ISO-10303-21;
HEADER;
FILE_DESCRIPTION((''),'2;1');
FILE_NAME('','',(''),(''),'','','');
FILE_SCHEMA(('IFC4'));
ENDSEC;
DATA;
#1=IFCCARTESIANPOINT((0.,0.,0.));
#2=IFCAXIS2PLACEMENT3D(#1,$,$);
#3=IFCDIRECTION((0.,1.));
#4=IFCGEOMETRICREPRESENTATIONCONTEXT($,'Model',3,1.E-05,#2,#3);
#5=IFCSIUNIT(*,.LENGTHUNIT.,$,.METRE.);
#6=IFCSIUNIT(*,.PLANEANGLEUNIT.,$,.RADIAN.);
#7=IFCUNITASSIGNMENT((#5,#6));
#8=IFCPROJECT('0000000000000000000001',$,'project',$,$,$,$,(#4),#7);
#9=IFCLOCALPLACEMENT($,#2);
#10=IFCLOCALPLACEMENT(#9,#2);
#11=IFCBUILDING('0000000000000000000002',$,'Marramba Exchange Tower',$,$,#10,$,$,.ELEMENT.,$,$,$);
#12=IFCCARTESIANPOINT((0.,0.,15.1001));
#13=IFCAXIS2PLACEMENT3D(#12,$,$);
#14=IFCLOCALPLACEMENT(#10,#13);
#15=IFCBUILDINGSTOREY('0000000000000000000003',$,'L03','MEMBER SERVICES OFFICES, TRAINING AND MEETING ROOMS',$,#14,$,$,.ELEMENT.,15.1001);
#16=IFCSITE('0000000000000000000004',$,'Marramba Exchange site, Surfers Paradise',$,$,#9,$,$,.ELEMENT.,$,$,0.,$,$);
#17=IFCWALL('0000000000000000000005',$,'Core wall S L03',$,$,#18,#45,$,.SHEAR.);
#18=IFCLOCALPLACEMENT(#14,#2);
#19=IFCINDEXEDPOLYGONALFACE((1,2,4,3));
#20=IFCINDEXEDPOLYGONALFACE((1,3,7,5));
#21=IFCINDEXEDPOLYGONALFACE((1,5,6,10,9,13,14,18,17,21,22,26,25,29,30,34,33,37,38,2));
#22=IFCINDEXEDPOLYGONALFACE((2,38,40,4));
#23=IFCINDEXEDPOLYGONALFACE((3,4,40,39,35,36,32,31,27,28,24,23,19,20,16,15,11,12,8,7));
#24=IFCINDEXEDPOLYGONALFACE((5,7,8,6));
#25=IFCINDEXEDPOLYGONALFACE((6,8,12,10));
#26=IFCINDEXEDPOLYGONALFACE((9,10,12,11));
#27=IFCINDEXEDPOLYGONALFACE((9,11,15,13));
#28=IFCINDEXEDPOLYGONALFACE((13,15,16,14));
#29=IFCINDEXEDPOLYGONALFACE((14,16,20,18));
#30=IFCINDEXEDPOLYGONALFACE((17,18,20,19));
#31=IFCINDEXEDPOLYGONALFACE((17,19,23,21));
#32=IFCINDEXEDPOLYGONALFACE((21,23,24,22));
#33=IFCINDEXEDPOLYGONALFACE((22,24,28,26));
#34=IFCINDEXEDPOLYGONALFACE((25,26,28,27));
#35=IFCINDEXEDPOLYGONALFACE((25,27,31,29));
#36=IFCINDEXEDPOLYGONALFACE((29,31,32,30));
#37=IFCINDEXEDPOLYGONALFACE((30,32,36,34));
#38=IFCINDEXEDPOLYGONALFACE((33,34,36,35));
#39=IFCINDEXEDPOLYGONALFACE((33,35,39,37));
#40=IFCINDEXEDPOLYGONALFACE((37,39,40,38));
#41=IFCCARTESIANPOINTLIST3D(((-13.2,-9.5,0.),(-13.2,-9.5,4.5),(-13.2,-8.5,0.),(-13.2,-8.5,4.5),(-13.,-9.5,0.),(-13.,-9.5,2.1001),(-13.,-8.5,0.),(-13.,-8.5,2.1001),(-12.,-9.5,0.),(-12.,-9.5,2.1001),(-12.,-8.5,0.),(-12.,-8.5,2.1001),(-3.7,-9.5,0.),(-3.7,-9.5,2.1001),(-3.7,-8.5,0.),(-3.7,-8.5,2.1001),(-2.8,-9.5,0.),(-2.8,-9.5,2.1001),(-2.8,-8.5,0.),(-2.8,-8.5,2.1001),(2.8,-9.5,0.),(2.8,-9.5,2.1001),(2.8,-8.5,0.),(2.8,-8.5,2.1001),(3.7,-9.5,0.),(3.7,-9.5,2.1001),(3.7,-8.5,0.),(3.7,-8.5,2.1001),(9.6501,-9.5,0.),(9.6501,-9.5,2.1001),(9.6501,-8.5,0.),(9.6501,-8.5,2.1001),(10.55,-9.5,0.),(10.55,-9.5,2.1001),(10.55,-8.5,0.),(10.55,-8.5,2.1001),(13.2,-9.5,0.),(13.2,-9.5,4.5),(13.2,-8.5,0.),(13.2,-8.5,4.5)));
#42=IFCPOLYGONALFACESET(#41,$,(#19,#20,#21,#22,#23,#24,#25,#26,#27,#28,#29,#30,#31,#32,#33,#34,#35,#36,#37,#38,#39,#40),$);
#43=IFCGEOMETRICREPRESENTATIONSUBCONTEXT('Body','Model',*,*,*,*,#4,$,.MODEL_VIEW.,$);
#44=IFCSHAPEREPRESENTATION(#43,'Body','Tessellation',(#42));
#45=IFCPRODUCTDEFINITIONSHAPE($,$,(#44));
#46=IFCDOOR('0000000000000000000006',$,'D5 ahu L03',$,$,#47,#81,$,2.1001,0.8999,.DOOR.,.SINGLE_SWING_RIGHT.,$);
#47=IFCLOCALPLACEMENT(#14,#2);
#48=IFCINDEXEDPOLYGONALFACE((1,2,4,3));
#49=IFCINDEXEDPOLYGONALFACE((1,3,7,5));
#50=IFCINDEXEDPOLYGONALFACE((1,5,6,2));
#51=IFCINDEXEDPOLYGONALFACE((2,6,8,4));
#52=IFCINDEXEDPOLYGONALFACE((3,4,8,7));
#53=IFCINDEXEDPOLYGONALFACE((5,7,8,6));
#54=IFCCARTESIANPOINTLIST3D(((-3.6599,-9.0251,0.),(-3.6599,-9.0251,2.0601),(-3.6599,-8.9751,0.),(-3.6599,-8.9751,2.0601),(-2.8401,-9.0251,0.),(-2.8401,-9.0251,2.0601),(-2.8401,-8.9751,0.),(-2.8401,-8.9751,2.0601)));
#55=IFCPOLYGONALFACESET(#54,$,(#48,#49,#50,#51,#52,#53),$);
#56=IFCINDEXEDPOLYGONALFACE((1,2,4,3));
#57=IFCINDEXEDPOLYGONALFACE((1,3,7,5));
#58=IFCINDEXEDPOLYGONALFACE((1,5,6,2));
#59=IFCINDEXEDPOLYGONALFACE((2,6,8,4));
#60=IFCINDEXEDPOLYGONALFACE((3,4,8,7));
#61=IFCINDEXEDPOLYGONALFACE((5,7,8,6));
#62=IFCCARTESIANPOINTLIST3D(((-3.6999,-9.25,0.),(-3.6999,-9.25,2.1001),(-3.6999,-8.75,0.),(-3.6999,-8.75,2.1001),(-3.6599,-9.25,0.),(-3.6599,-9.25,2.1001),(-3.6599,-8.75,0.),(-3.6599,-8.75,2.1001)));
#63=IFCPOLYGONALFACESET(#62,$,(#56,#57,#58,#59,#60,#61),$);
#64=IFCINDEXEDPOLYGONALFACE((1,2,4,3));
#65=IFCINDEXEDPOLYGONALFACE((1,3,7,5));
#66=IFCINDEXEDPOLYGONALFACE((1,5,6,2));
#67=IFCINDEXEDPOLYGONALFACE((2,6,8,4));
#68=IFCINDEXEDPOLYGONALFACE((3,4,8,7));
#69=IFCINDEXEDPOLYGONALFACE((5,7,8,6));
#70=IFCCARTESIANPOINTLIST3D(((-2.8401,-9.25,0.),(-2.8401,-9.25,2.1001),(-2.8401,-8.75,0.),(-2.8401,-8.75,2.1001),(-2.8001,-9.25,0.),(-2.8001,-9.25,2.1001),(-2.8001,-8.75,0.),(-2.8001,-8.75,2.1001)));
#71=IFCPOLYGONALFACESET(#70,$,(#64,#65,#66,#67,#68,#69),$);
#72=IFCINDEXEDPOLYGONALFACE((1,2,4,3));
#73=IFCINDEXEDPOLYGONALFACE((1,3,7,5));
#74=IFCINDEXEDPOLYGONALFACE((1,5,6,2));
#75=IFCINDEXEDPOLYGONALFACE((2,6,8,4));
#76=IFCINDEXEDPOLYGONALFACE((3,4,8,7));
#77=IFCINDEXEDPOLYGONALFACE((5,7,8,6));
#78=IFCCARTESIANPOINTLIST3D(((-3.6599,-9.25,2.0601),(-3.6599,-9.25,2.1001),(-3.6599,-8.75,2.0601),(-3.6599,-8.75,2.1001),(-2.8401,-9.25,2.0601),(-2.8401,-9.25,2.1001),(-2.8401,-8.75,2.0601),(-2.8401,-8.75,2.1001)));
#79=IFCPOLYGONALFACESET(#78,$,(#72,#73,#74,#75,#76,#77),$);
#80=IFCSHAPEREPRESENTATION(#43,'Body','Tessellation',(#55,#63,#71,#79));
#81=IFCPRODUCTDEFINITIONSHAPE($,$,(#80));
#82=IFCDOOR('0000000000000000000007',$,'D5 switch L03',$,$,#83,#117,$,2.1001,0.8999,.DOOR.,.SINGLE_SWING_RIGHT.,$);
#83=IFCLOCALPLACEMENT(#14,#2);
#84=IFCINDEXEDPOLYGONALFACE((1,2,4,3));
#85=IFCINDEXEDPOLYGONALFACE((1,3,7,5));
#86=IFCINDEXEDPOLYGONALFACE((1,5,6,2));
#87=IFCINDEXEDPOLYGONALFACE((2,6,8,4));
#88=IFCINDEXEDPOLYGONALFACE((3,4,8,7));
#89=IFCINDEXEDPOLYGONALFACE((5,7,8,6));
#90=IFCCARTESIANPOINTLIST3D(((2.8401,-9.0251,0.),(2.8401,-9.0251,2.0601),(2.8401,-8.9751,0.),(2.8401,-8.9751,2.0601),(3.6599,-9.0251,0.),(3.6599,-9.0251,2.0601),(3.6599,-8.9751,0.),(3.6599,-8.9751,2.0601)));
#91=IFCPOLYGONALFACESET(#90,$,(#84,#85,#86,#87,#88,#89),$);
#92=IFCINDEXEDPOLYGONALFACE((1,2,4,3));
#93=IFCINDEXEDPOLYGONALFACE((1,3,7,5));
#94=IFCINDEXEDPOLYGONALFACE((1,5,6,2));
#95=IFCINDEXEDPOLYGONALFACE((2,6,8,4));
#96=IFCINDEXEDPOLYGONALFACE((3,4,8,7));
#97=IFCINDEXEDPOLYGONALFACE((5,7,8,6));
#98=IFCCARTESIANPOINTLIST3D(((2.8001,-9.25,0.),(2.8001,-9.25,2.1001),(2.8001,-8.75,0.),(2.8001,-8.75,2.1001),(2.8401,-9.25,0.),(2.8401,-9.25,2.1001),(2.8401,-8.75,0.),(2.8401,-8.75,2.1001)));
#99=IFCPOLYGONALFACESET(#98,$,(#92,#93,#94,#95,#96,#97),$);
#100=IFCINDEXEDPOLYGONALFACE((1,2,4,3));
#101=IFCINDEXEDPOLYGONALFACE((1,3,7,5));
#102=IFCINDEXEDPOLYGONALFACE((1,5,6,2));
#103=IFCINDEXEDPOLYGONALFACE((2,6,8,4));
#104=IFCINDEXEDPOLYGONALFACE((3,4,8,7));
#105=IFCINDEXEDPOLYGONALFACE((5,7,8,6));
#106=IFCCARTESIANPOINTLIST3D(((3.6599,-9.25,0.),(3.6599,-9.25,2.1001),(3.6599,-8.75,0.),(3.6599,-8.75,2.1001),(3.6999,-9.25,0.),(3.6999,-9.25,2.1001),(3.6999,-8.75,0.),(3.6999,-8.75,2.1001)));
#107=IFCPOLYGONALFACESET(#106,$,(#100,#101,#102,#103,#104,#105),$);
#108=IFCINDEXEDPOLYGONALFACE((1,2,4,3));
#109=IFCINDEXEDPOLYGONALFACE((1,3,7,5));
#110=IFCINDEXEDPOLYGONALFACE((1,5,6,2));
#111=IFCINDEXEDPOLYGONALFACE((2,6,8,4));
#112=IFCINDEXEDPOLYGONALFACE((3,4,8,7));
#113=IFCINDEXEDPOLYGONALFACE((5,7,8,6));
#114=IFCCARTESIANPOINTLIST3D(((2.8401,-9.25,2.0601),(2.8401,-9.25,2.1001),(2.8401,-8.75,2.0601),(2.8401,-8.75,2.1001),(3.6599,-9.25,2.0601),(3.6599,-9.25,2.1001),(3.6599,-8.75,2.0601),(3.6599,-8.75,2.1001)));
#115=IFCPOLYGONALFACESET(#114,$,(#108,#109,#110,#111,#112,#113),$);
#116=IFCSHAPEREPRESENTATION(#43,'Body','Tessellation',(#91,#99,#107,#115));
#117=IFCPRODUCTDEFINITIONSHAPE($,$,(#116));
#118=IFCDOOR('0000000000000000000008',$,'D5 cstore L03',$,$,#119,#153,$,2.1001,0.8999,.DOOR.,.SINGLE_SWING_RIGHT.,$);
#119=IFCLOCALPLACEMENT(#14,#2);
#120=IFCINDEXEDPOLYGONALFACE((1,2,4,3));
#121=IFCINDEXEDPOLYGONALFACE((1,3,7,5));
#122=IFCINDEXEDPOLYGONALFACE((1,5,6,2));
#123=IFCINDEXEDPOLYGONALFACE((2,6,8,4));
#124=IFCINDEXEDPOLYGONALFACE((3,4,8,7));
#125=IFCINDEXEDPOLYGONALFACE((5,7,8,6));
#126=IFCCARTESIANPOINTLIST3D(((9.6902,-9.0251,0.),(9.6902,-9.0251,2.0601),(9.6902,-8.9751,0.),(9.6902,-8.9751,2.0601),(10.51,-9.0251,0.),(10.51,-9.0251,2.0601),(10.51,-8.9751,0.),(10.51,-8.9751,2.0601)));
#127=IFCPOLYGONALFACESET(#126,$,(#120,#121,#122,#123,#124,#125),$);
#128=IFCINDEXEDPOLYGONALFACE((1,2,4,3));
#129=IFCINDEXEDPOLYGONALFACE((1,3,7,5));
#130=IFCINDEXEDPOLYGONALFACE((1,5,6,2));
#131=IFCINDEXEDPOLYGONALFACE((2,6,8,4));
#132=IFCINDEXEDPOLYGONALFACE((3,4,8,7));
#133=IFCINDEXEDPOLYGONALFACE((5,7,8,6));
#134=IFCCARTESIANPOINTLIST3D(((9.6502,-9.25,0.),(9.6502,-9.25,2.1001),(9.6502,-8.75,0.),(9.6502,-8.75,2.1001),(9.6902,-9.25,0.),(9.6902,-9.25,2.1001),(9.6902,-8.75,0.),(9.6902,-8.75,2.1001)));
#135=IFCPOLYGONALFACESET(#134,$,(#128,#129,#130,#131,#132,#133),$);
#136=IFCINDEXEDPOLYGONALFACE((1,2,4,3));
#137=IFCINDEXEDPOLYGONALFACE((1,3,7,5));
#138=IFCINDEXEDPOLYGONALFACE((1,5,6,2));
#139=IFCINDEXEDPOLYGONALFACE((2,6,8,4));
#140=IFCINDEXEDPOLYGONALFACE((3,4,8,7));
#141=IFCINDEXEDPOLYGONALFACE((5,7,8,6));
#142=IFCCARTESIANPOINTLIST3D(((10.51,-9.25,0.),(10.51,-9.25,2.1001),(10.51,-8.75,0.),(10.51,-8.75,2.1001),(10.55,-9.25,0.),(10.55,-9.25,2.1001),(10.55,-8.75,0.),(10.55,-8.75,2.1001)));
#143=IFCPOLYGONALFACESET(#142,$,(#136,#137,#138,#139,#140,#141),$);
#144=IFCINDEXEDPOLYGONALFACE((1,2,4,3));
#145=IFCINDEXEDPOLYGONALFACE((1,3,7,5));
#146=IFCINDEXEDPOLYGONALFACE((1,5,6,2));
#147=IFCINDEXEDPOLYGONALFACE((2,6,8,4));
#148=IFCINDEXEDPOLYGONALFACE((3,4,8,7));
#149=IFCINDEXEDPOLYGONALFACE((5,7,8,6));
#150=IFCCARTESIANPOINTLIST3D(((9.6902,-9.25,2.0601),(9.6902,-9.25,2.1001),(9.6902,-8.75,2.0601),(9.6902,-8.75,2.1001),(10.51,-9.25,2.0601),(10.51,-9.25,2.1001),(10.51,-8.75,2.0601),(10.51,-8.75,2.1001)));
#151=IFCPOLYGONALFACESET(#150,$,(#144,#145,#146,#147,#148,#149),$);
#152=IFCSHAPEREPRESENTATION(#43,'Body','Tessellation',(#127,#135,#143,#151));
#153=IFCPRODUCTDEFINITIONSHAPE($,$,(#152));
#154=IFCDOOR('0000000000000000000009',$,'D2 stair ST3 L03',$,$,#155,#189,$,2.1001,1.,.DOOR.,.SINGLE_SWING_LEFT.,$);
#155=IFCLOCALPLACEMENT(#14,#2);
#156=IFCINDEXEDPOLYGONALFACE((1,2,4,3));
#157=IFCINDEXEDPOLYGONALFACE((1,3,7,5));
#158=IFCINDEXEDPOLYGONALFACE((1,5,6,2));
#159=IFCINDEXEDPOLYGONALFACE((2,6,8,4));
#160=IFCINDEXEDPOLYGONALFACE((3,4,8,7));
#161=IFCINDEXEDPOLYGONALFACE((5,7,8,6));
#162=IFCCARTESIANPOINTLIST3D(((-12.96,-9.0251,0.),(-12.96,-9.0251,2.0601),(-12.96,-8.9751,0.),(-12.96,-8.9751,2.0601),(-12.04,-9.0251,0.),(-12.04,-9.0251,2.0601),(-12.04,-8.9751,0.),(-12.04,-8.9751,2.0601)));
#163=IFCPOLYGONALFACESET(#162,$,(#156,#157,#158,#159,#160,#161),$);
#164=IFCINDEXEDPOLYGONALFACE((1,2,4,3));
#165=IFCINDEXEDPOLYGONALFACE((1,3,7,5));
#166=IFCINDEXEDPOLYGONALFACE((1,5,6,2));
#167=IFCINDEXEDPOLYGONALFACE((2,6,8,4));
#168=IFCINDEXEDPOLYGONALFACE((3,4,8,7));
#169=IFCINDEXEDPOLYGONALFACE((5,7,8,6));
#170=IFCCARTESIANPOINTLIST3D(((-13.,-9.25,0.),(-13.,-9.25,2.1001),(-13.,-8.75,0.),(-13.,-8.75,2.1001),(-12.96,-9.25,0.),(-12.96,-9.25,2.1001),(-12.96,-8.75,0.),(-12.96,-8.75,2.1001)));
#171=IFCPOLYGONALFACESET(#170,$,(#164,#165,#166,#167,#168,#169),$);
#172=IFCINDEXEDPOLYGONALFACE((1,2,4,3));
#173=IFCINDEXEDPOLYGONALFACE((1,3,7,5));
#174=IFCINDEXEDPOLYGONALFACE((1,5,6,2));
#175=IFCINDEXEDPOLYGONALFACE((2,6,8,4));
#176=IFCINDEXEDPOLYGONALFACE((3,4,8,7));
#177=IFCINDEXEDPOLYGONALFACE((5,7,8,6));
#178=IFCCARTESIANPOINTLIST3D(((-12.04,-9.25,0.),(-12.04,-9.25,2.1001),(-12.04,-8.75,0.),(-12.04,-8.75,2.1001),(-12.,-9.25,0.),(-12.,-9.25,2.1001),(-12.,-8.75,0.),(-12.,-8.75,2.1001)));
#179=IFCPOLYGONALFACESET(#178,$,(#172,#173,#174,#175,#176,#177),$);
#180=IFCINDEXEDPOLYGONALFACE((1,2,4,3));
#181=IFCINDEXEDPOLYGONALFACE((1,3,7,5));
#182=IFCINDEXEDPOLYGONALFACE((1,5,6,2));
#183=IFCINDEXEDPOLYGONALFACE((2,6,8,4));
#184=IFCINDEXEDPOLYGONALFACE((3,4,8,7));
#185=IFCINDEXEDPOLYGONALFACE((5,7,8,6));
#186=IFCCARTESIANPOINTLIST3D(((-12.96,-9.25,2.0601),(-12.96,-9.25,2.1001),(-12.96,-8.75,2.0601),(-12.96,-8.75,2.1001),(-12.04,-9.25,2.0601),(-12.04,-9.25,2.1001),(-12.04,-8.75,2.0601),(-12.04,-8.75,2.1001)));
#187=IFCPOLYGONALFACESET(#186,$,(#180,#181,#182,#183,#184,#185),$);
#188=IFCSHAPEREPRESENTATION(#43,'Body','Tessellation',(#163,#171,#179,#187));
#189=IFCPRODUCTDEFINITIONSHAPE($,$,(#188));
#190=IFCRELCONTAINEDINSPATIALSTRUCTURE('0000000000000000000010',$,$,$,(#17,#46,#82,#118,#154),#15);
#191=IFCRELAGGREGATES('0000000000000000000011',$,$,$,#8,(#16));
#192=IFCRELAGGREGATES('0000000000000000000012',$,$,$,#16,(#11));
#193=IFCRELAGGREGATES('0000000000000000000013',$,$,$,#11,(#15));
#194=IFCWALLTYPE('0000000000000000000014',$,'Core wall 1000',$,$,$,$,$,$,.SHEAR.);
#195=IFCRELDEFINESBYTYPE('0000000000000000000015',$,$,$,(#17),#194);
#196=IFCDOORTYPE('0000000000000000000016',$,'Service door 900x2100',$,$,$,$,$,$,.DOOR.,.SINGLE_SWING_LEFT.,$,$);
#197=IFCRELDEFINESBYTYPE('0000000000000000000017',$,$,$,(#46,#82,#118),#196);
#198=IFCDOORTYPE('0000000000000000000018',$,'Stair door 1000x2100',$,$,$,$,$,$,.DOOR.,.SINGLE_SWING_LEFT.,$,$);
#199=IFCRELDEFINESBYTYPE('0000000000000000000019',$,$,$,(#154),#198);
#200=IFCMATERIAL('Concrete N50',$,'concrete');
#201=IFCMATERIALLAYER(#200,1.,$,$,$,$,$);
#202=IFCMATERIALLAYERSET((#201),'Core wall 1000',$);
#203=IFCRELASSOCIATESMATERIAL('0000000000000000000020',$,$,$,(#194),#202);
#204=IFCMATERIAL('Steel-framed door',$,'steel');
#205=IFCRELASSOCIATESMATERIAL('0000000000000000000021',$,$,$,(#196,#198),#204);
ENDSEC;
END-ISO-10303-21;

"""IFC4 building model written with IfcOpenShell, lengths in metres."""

from ifc_helpers import new_model, si_unit, direction, frame, frame_2d, origin, place, context, subcontext, project, spatial, rectangle, extrude, material, layer, layer_set, type_object, element, fill, save


model = new_model("IFC4")

# Units and contexts
model_context = context("Model", 3, precision=1e-05, world=origin(), true_north=direction((0.0, 1.0)))
body_context = subcontext(model_context, "Body", "Model", "MODEL_VIEW")
ifc_project = project(units=[si_unit("LENGTHUNIT", "METRE"), si_unit("PLANEANGLEUNIT", "RADIAN")], contexts=[model_context])

# Site, building, storey
site_placement = place(None, origin())
site = spatial("IfcSite", under=ifc_project, at=site_placement, Name="Marramba Exchange site, Surfers Paradise", CompositionType="ELEMENT", RefElevation=0.0)
building_placement = place(site_placement, origin())
building = spatial("IfcBuilding", under=site, at=building_placement, Name="Marramba Exchange Tower", CompositionType="ELEMENT")
storey_placement = place(building_placement, frame((0.0, 0.0, 15.1001)))
storey = spatial("IfcBuildingStorey", under=building, at=storey_placement, Name="L03", Description="MEMBER SERVICES OFFICES, TRAINING AND MEETING ROOMS", CompositionType="ELEMENT", Elevation=15.1001)

# Shared definitions
ifc_material_1 = material(Name="Concrete N50", Category="concrete")

# Wall, openings, doors
ifc_layer_1 = layer(ifc_material_1, 1.0)
ifc_layer_set_1 = layer_set([ifc_layer_1], Name="Core wall 1000")
wall_type_1 = type_object("IfcWallType", Name="Core wall 1000", PredefinedType="SHEAR", material=ifc_layer_set_1)
wall_1_placement = place(storey_placement, frame((-13.2, -9.0, 0.0), z_axis=(0.0, 0.0, 1.0), x_axis=(1.0, 0.0, 0.0)))
wall_1 = element("IfcWall", 1, at=wall_1_placement, inside=storey, type_object=wall_type_1, Name="Core wall S L03", PredefinedType="SHEAR", context=body_context, shape_type="SweptSolid", body=[
    extrude(rectangle(XDim=26.3999, YDim=1.0, at=frame_2d((13.2, 0.0))), origin(), (0.0, 0.0, 1.0), 4.5),
])
opening_1_placement = place(wall_1_placement, frame((0.2, 0.0, 0.0)))
opening_1 = element("IfcOpeningElement", 2, at=opening_1_placement, cuts=wall_1, PredefinedType="OPENING", context=body_context, shape_type="SweptSolid", body=[
    extrude(rectangle(XDim=1.0, YDim=2.1001, at=frame_2d((0.5, 1.05))), frame((0.0, 0.51, 0.0), z_axis=(0.0, -1.0, 0.0), x_axis=(1.0, 0.0, 0.0)), (0.0, 0.0, 1.0), 1.02),
])
opening_2_placement = place(wall_1_placement, frame((9.5, 0.0, 0.0)))
opening_2 = element("IfcOpeningElement", 3, at=opening_2_placement, cuts=wall_1, PredefinedType="OPENING", context=body_context, shape_type="SweptSolid", body=[
    extrude(rectangle(XDim=0.8999, YDim=2.1001, at=frame_2d((0.45, 1.05))), frame((0.0, 0.51, 0.0), z_axis=(0.0, -1.0, 0.0), x_axis=(1.0, 0.0, 0.0)), (0.0, 0.0, 1.0), 1.02),
])
opening_3_placement = place(wall_1_placement, frame((16.0, 0.0, 0.0)))
opening_3 = element("IfcOpeningElement", 4, at=opening_3_placement, cuts=wall_1, PredefinedType="OPENING", context=body_context, shape_type="SweptSolid", body=[
    extrude(rectangle(XDim=0.8999, YDim=2.1001, at=frame_2d((0.45, 1.05))), frame((0.0, 0.51, 0.0), z_axis=(0.0, -1.0, 0.0), x_axis=(1.0, 0.0, 0.0)), (0.0, 0.0, 1.0), 1.02),
])
opening_4_placement = place(wall_1_placement, frame((22.8501, 0.0, 0.0)))
opening_4 = element("IfcOpeningElement", 5, at=opening_4_placement, cuts=wall_1, PredefinedType="OPENING", context=body_context, shape_type="SweptSolid", body=[
    extrude(rectangle(XDim=0.8999, YDim=2.1001, at=frame_2d((0.45, 1.05))), frame((0.0, 0.51, 0.0), z_axis=(0.0, -1.0, 0.0), x_axis=(1.0, 0.0, 0.0)), (0.0, 0.0, 1.0), 1.02),
])
ifc_material_2 = material(Name="Steel-framed door", Category="steel")
door_type_1 = type_object("IfcDoorType", Name="Service door 900x2100", OperationType="SINGLE_SWING_LEFT", PredefinedType="DOOR", material=ifc_material_2)
door_1_placement = place(opening_2_placement, origin())
door_1 = element("IfcDoor", 6, at=door_1_placement, inside=storey, type_object=door_type_1, Name="D5 ahu L03", OperationType="SINGLE_SWING_RIGHT", OverallHeight=2.1001, OverallWidth=0.8999, PredefinedType="DOOR", context=body_context, shape_type="SweptSolid", body=[
    extrude(rectangle(XDim=0.8198, YDim=2.0601, at=frame_2d((0.45, 1.03))), frame((0.0, 0.0249, 0.0), z_axis=(0.0, -1.0, 0.0), x_axis=(1.0, 0.0, 0.0)), (0.0, 0.0, 1.0), 0.05),
    extrude(rectangle(XDim=0.04, YDim=2.1001, at=frame_2d((0.02, 1.05))), frame((0.0, 0.25, 0.0), z_axis=(0.0, -1.0, 0.0), x_axis=(1.0, 0.0, 0.0)), (0.0, 0.0, 1.0), 0.5),
    extrude(rectangle(XDim=0.04, YDim=2.1001, at=frame_2d((0.8799, 1.05))), frame((0.0, 0.25, 0.0), z_axis=(0.0, -1.0, 0.0), x_axis=(1.0, 0.0, 0.0)), (0.0, 0.0, 1.0), 0.5),
    extrude(rectangle(XDim=0.8198, YDim=0.04, at=frame_2d((0.45, 2.0801))), frame((0.0, 0.25, 0.0), z_axis=(0.0, -1.0, 0.0), x_axis=(1.0, 0.0, 0.0)), (0.0, 0.0, 1.0), 0.5),
])
fill(opening_2, door_1)
door_2_placement = place(opening_3_placement, origin())
door_2 = element("IfcDoor", 7, at=door_2_placement, inside=storey, type_object=door_type_1, Name="D5 switch L03", OperationType="SINGLE_SWING_RIGHT", OverallHeight=2.1001, OverallWidth=0.8999, PredefinedType="DOOR", context=body_context, shape_type="SweptSolid", body=[
    extrude(rectangle(XDim=0.8198, YDim=2.0601, at=frame_2d((0.45, 1.03))), frame((0.0, 0.0249, 0.0), z_axis=(0.0, -1.0, 0.0), x_axis=(1.0, 0.0, 0.0)), (0.0, 0.0, 1.0), 0.05),
    extrude(rectangle(XDim=0.04, YDim=2.1001, at=frame_2d((0.02, 1.05))), frame((0.0, 0.25, 0.0), z_axis=(0.0, -1.0, 0.0), x_axis=(1.0, 0.0, 0.0)), (0.0, 0.0, 1.0), 0.5),
    extrude(rectangle(XDim=0.04, YDim=2.1001, at=frame_2d((0.8799, 1.05))), frame((0.0, 0.25, 0.0), z_axis=(0.0, -1.0, 0.0), x_axis=(1.0, 0.0, 0.0)), (0.0, 0.0, 1.0), 0.5),
    extrude(rectangle(XDim=0.8198, YDim=0.04, at=frame_2d((0.45, 2.0801))), frame((0.0, 0.25, 0.0), z_axis=(0.0, -1.0, 0.0), x_axis=(1.0, 0.0, 0.0)), (0.0, 0.0, 1.0), 0.5),
])
fill(opening_3, door_2)
door_3_placement = place(opening_4_placement, origin())
door_3 = element("IfcDoor", 8, at=door_3_placement, inside=storey, type_object=door_type_1, Name="D5 cstore L03", OperationType="SINGLE_SWING_RIGHT", OverallHeight=2.1001, OverallWidth=0.8999, PredefinedType="DOOR", context=body_context, shape_type="SweptSolid", body=[
    extrude(rectangle(XDim=0.8198, YDim=2.0601, at=frame_2d((0.45, 1.03))), frame((0.0, 0.0249, 0.0), z_axis=(0.0, -1.0, 0.0), x_axis=(1.0, 0.0, 0.0)), (0.0, 0.0, 1.0), 0.05),
    extrude(rectangle(XDim=0.04, YDim=2.1001, at=frame_2d((0.02, 1.05))), frame((0.0, 0.25, 0.0), z_axis=(0.0, -1.0, 0.0), x_axis=(1.0, 0.0, 0.0)), (0.0, 0.0, 1.0), 0.5),
    extrude(rectangle(XDim=0.04, YDim=2.1001, at=frame_2d((0.8799, 1.05))), frame((0.0, 0.25, 0.0), z_axis=(0.0, -1.0, 0.0), x_axis=(1.0, 0.0, 0.0)), (0.0, 0.0, 1.0), 0.5),
    extrude(rectangle(XDim=0.8198, YDim=0.04, at=frame_2d((0.45, 2.0801))), frame((0.0, 0.25, 0.0), z_axis=(0.0, -1.0, 0.0), x_axis=(1.0, 0.0, 0.0)), (0.0, 0.0, 1.0), 0.5),
])
fill(opening_4, door_3)
door_type_2 = type_object("IfcDoorType", Name="Stair door 1000x2100", OperationType="SINGLE_SWING_LEFT", PredefinedType="DOOR", material=ifc_material_2)
door_4_placement = place(opening_1_placement, origin())
door_4 = element("IfcDoor", 9, at=door_4_placement, inside=storey, type_object=door_type_2, Name="D2 stair ST3 L03", OperationType="SINGLE_SWING_LEFT", OverallHeight=2.1001, OverallWidth=1.0, PredefinedType="DOOR", context=body_context, shape_type="SweptSolid", body=[
    extrude(rectangle(XDim=0.9199, YDim=2.0601, at=frame_2d((0.5, 1.03))), frame((0.0, 0.0249, 0.0), z_axis=(0.0, -1.0, 0.0), x_axis=(1.0, 0.0, 0.0)), (0.0, 0.0, 1.0), 0.05),
    extrude(rectangle(XDim=0.04, YDim=2.1001, at=frame_2d((0.02, 1.05))), frame((0.0, 0.25, 0.0), z_axis=(0.0, -1.0, 0.0), x_axis=(1.0, 0.0, 0.0)), (0.0, 0.0, 1.0), 0.5),
    extrude(rectangle(XDim=0.04, YDim=2.1001, at=frame_2d((0.98, 1.05))), frame((0.0, 0.25, 0.0), z_axis=(0.0, -1.0, 0.0), x_axis=(1.0, 0.0, 0.0)), (0.0, 0.0, 1.0), 0.5),
    extrude(rectangle(XDim=0.9199, YDim=0.04, at=frame_2d((0.5, 2.0801))), frame((0.0, 0.25, 0.0), z_axis=(0.0, -1.0, 0.0), x_axis=(1.0, 0.0, 0.0)), (0.0, 0.0, 1.0), 0.5),
])
fill(opening_1, door_4)

save(model, "model.ifc")
